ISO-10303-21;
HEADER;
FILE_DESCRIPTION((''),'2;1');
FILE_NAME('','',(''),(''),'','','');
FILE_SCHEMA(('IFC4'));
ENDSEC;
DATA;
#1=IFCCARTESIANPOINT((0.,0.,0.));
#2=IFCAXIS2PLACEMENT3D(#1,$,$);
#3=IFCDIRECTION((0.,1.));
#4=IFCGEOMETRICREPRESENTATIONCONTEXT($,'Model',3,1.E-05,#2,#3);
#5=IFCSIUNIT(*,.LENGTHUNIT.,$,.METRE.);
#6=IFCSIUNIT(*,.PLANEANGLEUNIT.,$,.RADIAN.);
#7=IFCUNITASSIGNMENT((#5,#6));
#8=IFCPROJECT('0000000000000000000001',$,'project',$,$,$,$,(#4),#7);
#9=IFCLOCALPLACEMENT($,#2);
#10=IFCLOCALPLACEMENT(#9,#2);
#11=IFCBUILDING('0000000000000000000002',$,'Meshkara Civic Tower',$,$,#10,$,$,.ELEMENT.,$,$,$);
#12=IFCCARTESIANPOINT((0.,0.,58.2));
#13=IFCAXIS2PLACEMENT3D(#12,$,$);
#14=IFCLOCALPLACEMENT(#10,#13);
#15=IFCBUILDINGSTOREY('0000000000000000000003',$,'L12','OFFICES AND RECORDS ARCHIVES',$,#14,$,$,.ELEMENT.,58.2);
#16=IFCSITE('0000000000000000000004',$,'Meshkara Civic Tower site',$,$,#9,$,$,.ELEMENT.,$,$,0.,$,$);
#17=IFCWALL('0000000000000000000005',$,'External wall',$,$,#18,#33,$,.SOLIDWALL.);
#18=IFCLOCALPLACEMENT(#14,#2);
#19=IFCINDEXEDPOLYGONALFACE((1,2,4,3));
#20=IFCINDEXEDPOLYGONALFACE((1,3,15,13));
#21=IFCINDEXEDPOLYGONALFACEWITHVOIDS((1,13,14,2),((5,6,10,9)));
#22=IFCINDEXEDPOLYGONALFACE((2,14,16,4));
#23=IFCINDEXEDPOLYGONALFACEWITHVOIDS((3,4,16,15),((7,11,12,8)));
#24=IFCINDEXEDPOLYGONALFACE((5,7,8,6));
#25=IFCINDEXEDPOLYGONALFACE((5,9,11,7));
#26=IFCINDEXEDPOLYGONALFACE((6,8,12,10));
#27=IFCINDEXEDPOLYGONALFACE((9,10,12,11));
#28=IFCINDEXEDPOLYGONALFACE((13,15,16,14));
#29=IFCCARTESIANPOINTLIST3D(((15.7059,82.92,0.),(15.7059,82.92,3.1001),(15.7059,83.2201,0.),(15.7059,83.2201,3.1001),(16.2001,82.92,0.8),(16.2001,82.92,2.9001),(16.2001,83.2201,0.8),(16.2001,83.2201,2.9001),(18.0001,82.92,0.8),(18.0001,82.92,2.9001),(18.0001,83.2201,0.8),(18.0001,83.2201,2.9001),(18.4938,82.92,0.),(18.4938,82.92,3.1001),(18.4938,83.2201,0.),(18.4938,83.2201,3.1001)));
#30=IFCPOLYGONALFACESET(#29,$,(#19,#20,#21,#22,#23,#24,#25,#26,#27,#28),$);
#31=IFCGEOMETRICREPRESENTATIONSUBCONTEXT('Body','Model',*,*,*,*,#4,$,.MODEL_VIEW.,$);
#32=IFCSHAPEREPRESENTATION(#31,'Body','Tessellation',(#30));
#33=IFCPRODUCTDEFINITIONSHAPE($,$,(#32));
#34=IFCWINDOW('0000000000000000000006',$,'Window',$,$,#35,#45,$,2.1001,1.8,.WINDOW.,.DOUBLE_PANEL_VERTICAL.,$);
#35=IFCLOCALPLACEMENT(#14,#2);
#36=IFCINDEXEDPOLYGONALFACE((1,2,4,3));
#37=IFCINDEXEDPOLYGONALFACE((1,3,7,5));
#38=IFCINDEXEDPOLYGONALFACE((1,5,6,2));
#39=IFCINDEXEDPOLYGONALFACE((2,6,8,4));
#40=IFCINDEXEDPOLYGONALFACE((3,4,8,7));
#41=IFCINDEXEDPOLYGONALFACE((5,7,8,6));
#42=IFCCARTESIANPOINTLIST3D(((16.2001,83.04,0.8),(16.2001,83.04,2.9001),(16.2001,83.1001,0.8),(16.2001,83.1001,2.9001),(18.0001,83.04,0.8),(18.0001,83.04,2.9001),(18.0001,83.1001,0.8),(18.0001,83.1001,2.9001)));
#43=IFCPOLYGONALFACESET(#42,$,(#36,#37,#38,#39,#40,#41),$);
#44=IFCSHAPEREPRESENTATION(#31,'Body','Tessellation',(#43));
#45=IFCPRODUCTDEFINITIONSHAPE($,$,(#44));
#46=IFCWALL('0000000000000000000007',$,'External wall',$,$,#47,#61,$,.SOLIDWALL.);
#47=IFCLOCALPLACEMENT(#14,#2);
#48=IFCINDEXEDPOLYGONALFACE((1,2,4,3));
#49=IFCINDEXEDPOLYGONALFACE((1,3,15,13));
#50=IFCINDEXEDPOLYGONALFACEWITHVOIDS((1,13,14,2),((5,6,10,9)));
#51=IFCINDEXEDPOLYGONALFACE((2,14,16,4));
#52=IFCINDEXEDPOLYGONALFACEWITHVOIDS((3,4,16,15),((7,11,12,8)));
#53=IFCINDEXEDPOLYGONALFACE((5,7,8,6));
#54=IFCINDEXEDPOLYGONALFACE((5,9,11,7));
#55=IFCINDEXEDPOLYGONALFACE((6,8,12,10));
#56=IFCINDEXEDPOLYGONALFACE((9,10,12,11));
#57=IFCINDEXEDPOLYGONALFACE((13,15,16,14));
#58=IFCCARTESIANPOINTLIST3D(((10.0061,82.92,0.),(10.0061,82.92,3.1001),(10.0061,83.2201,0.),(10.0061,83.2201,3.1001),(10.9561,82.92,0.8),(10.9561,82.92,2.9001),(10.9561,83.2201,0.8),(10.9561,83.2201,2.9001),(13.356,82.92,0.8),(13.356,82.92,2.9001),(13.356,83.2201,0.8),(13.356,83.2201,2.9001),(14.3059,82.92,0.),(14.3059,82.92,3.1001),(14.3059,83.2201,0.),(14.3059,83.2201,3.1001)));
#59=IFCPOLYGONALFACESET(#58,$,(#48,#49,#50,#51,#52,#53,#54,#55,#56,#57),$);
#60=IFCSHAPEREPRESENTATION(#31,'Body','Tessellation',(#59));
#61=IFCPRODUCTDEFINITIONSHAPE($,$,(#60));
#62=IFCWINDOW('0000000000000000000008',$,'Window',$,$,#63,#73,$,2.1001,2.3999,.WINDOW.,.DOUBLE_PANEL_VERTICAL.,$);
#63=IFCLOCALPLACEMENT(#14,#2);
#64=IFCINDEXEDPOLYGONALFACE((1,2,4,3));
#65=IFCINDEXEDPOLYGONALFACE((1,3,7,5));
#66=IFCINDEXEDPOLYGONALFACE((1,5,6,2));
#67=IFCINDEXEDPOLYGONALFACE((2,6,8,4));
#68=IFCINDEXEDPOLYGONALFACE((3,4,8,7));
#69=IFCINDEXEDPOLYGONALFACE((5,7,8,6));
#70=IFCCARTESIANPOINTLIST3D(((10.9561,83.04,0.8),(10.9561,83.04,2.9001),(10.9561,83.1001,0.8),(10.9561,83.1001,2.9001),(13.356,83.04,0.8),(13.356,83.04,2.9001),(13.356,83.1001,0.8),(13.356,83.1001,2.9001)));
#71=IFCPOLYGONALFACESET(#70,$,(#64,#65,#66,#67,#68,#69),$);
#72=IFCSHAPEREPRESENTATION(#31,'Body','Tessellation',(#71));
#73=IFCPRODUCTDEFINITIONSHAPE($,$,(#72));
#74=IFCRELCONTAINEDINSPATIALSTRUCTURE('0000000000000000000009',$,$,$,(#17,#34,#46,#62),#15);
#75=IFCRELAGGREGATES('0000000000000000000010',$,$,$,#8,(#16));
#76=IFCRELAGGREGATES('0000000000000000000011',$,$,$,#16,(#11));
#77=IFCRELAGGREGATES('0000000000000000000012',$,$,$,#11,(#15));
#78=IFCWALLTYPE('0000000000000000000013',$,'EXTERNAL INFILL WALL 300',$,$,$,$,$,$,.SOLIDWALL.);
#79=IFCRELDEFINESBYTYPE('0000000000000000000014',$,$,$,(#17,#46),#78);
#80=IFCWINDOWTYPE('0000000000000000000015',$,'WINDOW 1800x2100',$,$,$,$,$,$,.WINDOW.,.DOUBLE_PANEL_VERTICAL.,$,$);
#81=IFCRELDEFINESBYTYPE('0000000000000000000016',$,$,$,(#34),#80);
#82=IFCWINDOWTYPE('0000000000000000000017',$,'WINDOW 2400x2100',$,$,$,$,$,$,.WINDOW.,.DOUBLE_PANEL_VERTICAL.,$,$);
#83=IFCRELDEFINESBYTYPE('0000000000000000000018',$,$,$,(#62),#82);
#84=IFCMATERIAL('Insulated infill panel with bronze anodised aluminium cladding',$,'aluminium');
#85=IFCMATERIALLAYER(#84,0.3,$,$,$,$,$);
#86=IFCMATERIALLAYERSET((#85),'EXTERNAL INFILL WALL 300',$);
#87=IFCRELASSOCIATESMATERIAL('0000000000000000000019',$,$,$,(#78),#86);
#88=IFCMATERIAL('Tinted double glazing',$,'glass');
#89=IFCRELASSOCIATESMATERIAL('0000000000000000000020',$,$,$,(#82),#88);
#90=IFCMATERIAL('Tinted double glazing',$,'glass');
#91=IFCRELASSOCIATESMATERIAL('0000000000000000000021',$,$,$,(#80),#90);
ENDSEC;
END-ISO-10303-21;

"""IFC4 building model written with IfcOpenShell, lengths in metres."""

from ifc_helpers import new_model, si_unit, direction, frame, frame_2d, origin, place, context, subcontext, project, spatial, rectangle, extrude, material, layer, layer_set, type_object, element, fill, save


model = new_model("IFC4")

# Units and contexts
model_context = context("Model", 3, precision=1e-05, world=origin(), true_north=direction((0.0, 1.0)))
body_context = subcontext(model_context, "Body", "Model", "MODEL_VIEW")
ifc_project = project(units=[si_unit("LENGTHUNIT", "METRE"), si_unit("PLANEANGLEUNIT", "RADIAN")], contexts=[model_context])

# Site, building, storey
site_placement = place(None, origin())
site = spatial("IfcSite", under=ifc_project, at=site_placement, Name="Meshkara Civic Tower site", CompositionType="ELEMENT", RefElevation=0.0)
building_placement = place(site_placement, origin())
building = spatial("IfcBuilding", under=site, at=building_placement, Name="Meshkara Civic Tower", CompositionType="ELEMENT")
storey_placement = place(building_placement, frame((0.0, 0.0, 58.2)))
storey = spatial("IfcBuildingStorey", under=building, at=storey_placement, Name="L12", Description="OFFICES AND RECORDS ARCHIVES", CompositionType="ELEMENT", Elevation=58.2)

# Walls, openings, windows
ifc_material_1 = material(Name="Insulated infill panel with bronze anodised aluminium cladding", Category="aluminium")
ifc_layer = layer(ifc_material_1, 0.3)
ifc_layer_set = layer_set([ifc_layer], Name="EXTERNAL INFILL WALL 300")
wall_type = type_object("IfcWallType", Name="EXTERNAL INFILL WALL 300", PredefinedType="SOLIDWALL", material=ifc_layer_set)
ifc_material_2 = material(Name="Tinted double glazing", Category="glass")
window_type_1 = type_object("IfcWindowType", Name="WINDOW 2400x2100", PartitioningType="DOUBLE_PANEL_VERTICAL", PredefinedType="WINDOW", material=ifc_material_2)
ifc_material_3 = material(Name="Tinted double glazing", Category="glass")
window_type_2 = type_object("IfcWindowType", Name="WINDOW 1800x2100", PartitioningType="DOUBLE_PANEL_VERTICAL", PredefinedType="WINDOW", material=ifc_material_3)
wall_1_placement = place(storey_placement, frame((18.4939, 83.0701, 0.0), z_axis=(0.0, 0.0, 1.0), x_axis=(-1.0, 0.0, 0.0)))
wall_1 = element("IfcWall", 1, at=wall_1_placement, inside=storey, type_object=wall_type, Name="External wall", PredefinedType="SOLIDWALL", context=body_context, shape_type="SweptSolid", body=[
    extrude(rectangle(XDim=2.7878, YDim=0.3, at=frame_2d((1.394, 0.0))), origin(), (0.0, 0.0, 1.0), 3.1001),
])
opening_1_placement = place(wall_1_placement, frame((0.4939, 0.0, 0.8)))
opening_1 = element("IfcOpeningElement", 2, at=opening_1_placement, cuts=wall_1, PredefinedType="OPENING", context=body_context, shape_type="SweptSolid", body=[
    extrude(rectangle(XDim=1.8, YDim=2.1001, at=frame_2d((0.8999, 1.05))), frame((0.0, 0.1599, 0.0), z_axis=(0.0, -1.0, 0.0), x_axis=(1.0, 0.0, 0.0)), (0.0, 0.0, 1.0), 0.3201),
])
window_1_placement = place(opening_1_placement, origin())
window_1 = element("IfcWindow", 3, at=window_1_placement, inside=storey, type_object=window_type_2, Name="Window", OverallHeight=2.1001, OverallWidth=1.8, PartitioningType="DOUBLE_PANEL_VERTICAL", PredefinedType="WINDOW", context=body_context, shape_type="SweptSolid", body=[
    extrude(rectangle(XDim=1.8, YDim=2.1001, at=frame_2d((0.8999, 1.05))), frame((0.0, 0.03, 0.0), z_axis=(0.0, -1.0, 0.0), x_axis=(1.0, 0.0, 0.0)), (0.0, 0.0, 1.0), 0.0601),
])
fill(opening_1, window_1)
wall_2_placement = place(storey_placement, frame((14.3059, 83.0701, 0.0), z_axis=(0.0, 0.0, 1.0), x_axis=(-1.0, 0.0, 0.0)))
wall_2 = element("IfcWall", 4, at=wall_2_placement, inside=storey, type_object=wall_type, Name="External wall", PredefinedType="SOLIDWALL", context=body_context, shape_type="SweptSolid", body=[
    extrude(rectangle(XDim=4.2998, YDim=0.3, at=frame_2d((2.1499, 0.0))), origin(), (0.0, 0.0, 1.0), 3.1001),
])
opening_2_placement = place(wall_2_placement, frame((0.95, 0.0, 0.8)))
opening_2 = element("IfcOpeningElement", 5, at=opening_2_placement, cuts=wall_2, PredefinedType="OPENING", context=body_context, shape_type="SweptSolid", body=[
    extrude(rectangle(XDim=2.3999, YDim=2.1001, at=frame_2d((1.2, 1.05))), frame((0.0, 0.1599, 0.0), z_axis=(0.0, -1.0, 0.0), x_axis=(1.0, 0.0, 0.0)), (0.0, 0.0, 1.0), 0.3201),
])
window_2_placement = place(opening_2_placement, origin())
window_2 = element("IfcWindow", 6, at=window_2_placement, inside=storey, type_object=window_type_1, Name="Window", OverallHeight=2.1001, OverallWidth=2.3999, PartitioningType="DOUBLE_PANEL_VERTICAL", PredefinedType="WINDOW", context=body_context, shape_type="SweptSolid", body=[
    extrude(rectangle(XDim=2.3999, YDim=2.1001, at=frame_2d((1.2, 1.05))), frame((0.0, 0.03, 0.0), z_axis=(0.0, -1.0, 0.0), x_axis=(1.0, 0.0, 0.0)), (0.0, 0.0, 1.0), 0.0601),
])
fill(opening_2, window_2)

save(model, "model.ifc")
